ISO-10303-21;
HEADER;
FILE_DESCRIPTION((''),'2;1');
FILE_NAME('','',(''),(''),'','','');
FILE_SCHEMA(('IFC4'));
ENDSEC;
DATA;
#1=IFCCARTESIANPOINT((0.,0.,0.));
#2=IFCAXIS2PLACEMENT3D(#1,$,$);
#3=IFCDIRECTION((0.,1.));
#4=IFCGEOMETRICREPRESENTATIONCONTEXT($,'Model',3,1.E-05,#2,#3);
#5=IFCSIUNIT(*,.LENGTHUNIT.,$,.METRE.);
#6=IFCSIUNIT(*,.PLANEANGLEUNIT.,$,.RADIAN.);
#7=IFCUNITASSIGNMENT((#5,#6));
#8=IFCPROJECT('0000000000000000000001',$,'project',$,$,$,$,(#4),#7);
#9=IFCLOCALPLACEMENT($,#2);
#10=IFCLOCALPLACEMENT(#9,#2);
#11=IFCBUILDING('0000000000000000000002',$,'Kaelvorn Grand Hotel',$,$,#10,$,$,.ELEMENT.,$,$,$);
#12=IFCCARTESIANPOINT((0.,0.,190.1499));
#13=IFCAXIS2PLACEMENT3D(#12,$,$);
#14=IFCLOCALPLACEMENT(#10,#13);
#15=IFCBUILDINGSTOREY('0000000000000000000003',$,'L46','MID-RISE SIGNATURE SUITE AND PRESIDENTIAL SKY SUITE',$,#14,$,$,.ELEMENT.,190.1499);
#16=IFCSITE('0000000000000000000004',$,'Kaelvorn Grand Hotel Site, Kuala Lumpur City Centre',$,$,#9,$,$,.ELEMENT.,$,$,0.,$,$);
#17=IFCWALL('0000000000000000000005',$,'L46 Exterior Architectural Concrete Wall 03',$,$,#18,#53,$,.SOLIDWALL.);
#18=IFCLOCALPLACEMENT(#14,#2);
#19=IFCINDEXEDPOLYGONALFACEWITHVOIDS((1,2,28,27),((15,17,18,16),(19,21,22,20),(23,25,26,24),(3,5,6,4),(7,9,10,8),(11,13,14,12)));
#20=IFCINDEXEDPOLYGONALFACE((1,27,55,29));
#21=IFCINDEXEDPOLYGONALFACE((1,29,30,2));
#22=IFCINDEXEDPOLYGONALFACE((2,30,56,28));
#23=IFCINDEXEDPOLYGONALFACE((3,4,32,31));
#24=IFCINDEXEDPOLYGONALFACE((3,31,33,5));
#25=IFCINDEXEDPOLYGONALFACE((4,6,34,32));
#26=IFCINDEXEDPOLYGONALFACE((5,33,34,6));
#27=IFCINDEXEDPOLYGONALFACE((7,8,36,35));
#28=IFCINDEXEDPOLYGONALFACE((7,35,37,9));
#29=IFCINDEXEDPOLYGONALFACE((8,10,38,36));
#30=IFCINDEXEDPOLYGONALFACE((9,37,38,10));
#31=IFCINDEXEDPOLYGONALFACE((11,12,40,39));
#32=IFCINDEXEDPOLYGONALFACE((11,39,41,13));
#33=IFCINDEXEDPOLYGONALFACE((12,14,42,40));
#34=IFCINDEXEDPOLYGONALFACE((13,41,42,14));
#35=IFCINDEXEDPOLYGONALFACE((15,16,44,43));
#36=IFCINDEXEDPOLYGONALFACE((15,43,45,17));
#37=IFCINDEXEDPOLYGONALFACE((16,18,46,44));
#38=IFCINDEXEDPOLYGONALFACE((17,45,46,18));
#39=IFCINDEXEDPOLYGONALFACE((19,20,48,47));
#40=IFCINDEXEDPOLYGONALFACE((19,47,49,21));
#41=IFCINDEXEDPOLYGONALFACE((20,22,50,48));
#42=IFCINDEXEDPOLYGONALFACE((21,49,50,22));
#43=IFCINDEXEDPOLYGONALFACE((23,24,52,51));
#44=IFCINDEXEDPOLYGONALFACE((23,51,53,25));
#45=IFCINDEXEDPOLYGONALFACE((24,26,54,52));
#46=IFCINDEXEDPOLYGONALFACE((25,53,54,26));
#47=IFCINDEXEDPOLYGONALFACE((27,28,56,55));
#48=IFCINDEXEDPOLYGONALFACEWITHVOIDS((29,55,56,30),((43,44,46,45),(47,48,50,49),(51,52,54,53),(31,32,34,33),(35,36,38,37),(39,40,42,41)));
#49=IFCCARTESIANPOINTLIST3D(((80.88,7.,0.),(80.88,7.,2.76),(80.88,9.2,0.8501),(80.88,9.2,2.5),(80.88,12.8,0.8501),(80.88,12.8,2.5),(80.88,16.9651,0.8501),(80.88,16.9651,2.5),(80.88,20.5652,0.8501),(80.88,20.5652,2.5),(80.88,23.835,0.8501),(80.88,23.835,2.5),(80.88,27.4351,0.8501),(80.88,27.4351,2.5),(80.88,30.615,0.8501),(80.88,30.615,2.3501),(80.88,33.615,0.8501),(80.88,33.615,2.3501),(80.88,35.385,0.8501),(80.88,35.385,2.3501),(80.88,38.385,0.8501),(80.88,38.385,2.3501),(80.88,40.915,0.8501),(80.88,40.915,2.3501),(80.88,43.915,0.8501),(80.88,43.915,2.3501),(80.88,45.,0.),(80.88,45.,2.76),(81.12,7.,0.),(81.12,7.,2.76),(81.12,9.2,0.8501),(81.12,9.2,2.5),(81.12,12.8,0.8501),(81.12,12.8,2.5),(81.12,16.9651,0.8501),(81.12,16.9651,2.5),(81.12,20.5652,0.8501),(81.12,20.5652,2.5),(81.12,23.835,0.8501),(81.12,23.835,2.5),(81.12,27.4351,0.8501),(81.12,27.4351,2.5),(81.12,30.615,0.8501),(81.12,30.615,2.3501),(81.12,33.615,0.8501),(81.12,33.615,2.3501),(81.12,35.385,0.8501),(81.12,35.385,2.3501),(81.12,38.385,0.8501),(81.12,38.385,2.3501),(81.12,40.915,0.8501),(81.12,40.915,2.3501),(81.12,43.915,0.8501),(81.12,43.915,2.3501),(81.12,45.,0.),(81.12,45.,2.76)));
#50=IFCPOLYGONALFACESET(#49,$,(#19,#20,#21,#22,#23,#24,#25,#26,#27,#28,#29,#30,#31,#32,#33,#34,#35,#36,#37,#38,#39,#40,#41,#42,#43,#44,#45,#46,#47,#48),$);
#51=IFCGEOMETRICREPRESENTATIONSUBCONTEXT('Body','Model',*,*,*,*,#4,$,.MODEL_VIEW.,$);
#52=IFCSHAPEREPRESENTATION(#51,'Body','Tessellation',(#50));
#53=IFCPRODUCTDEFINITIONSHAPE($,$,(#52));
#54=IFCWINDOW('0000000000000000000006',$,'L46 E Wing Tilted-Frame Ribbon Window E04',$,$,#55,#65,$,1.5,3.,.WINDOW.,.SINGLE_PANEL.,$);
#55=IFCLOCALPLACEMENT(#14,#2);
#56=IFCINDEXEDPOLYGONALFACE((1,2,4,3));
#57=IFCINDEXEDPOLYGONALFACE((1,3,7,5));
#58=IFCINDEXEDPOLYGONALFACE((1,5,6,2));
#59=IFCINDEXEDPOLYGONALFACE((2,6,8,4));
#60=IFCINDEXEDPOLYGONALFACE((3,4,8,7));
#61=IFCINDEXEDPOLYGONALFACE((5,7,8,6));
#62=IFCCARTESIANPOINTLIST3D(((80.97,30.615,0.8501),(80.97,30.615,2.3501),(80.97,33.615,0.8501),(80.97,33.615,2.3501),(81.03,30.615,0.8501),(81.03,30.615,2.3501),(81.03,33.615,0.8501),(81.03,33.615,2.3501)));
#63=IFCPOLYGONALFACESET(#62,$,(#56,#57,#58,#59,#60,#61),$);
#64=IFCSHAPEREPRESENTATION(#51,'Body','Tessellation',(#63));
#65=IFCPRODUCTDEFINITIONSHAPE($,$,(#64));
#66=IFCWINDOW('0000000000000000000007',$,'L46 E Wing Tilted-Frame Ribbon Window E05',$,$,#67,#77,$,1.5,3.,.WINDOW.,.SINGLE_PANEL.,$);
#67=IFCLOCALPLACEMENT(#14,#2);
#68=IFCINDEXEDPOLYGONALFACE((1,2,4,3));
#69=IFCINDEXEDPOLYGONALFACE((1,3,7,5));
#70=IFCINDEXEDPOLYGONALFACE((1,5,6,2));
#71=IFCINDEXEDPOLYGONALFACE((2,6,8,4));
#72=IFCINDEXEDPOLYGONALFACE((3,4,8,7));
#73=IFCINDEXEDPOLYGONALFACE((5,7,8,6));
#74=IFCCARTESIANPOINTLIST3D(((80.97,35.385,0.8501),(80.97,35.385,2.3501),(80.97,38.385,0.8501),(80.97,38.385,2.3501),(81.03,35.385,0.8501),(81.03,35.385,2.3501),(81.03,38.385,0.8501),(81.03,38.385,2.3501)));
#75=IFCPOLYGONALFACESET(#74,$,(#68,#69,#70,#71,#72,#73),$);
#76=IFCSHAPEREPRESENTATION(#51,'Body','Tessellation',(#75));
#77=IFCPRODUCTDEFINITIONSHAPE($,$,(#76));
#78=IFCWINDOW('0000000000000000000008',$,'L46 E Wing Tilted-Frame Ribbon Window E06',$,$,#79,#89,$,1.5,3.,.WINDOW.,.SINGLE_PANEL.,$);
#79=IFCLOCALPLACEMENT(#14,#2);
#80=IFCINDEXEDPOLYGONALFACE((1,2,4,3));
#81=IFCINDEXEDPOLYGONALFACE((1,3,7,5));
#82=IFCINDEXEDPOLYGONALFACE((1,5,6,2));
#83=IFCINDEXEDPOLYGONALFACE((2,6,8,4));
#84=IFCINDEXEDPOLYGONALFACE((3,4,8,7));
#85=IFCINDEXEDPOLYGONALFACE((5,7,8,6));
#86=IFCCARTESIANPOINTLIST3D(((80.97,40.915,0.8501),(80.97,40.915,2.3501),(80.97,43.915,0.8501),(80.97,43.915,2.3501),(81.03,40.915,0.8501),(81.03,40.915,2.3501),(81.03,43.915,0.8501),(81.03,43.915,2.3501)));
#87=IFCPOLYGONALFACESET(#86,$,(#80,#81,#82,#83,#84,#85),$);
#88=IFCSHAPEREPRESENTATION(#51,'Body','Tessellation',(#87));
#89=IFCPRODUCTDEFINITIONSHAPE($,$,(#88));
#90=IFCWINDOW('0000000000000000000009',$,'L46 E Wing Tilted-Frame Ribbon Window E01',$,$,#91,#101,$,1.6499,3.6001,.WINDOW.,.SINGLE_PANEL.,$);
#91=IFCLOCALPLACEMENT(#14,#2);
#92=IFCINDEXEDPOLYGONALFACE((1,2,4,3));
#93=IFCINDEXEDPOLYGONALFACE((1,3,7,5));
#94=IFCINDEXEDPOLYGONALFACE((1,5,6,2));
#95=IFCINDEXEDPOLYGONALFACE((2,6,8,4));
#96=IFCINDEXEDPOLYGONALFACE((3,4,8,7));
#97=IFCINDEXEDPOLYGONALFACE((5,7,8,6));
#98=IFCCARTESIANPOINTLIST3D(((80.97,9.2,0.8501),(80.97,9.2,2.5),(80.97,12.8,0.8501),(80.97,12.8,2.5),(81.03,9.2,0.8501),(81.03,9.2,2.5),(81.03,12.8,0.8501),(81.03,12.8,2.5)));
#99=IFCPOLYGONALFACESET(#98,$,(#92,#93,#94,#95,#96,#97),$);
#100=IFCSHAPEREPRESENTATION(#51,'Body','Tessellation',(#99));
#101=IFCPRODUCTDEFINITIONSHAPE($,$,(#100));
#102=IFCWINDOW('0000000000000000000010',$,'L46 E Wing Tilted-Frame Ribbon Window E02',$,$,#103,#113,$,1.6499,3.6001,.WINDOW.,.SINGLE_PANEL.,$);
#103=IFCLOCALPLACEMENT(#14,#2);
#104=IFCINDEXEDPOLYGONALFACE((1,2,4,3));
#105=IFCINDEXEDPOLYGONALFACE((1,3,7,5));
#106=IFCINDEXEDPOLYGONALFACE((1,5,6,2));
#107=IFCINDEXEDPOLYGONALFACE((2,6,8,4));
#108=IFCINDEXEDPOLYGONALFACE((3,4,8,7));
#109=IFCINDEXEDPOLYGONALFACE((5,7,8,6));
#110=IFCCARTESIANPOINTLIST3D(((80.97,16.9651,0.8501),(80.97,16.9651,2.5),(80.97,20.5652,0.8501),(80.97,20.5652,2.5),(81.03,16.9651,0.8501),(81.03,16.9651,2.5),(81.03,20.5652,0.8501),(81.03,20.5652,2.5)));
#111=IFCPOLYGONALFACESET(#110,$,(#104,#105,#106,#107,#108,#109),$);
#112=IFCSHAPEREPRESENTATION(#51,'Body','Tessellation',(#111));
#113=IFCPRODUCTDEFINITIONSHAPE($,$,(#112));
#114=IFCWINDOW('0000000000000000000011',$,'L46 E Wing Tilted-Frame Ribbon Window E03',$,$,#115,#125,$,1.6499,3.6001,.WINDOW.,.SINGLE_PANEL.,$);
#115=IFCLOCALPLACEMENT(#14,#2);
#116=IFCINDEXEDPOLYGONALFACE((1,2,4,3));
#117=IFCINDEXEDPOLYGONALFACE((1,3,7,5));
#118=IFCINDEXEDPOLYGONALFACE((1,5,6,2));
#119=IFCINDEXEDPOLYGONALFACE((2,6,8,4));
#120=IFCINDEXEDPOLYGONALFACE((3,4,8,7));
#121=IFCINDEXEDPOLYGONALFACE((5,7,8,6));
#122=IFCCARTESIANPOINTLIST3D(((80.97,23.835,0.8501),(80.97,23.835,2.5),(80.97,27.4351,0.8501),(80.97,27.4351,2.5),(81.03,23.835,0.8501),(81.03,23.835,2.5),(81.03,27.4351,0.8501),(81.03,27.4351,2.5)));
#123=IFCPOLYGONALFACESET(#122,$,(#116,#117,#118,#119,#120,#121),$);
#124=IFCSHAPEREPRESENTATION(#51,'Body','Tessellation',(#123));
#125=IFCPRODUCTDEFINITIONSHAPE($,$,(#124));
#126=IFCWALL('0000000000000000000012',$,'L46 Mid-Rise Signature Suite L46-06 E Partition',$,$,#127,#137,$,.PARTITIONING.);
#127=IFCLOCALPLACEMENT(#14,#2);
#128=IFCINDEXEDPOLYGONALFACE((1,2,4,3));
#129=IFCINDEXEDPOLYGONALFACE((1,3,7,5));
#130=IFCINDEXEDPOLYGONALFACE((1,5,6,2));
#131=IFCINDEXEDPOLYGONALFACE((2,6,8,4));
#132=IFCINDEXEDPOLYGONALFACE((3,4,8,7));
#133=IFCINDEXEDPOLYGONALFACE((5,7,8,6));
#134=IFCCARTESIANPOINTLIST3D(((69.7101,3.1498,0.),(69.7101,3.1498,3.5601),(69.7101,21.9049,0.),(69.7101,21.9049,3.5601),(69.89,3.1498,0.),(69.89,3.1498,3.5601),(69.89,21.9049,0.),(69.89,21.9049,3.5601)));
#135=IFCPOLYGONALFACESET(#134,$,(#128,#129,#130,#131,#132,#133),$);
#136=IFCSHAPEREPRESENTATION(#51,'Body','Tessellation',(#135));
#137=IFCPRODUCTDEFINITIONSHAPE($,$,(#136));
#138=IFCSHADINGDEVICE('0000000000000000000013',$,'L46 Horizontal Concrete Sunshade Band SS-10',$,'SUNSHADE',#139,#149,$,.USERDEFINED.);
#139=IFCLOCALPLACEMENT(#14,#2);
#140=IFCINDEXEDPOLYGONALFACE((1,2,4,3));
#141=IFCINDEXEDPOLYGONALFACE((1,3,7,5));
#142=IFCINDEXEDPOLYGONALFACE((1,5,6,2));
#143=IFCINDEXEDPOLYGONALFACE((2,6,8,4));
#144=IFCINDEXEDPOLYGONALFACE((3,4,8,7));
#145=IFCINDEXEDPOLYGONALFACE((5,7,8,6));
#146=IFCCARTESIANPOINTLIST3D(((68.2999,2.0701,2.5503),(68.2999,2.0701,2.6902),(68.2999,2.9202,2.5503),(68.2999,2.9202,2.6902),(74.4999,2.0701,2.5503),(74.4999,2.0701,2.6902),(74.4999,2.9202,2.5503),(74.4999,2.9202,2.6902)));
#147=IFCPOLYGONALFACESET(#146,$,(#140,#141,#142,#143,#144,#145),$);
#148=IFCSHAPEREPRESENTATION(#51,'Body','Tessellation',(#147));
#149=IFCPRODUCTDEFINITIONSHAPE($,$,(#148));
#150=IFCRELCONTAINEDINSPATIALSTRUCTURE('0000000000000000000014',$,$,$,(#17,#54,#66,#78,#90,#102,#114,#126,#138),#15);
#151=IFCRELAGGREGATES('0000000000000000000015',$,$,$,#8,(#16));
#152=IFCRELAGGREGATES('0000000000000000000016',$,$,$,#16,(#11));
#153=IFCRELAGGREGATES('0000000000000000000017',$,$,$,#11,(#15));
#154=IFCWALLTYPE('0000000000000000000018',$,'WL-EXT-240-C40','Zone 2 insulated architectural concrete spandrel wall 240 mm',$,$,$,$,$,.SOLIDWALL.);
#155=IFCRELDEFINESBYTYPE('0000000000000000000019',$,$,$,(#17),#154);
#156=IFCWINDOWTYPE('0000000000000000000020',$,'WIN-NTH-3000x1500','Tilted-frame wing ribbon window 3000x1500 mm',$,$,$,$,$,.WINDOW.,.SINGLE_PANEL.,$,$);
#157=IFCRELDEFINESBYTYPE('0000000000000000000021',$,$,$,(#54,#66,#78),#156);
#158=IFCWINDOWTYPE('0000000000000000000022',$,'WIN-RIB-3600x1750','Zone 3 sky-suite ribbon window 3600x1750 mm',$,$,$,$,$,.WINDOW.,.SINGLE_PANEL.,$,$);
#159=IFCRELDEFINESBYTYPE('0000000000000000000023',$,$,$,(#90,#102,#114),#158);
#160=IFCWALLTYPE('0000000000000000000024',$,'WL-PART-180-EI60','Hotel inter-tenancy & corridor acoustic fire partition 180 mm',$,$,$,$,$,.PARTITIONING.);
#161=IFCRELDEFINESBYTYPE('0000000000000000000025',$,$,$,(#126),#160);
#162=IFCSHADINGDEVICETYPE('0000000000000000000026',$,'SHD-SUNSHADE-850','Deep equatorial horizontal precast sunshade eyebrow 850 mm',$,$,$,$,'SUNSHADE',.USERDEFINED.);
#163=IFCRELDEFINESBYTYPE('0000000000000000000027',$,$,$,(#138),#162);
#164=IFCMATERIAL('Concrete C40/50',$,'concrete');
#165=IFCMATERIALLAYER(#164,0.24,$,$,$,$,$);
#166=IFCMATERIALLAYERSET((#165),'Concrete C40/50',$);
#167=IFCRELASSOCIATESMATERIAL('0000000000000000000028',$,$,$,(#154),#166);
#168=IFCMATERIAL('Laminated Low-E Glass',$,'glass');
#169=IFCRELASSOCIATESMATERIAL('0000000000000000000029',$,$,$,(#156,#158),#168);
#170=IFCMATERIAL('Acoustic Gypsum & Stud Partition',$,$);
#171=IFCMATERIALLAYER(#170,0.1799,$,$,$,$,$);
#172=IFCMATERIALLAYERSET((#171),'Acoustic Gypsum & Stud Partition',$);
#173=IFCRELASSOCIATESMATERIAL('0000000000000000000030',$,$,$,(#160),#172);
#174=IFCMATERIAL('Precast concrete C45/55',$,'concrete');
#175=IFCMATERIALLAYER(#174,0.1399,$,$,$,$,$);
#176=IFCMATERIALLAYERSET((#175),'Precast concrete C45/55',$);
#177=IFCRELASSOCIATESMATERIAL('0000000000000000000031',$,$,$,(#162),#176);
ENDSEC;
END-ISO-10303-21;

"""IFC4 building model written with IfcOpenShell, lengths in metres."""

from ifc_helpers import new_model, si_unit, direction, frame, frame_2d, origin, origin_2d, place, context, subcontext, project, spatial, rectangle, extrude, material, layer, layer_set, type_object, element, fill, save


model = new_model("IFC4")

# Units and contexts
model_context = context("Model", 3, precision=1e-05, world=origin(), true_north=direction((0.0, 1.0)))
body_context = subcontext(model_context, "Body", "Model", "MODEL_VIEW")
ifc_project = project(units=[si_unit("LENGTHUNIT", "METRE"), si_unit("PLANEANGLEUNIT", "RADIAN")], contexts=[model_context])

# Site, building, storey
site_placement = place(None, origin())
site = spatial("IfcSite", under=ifc_project, at=site_placement, Name="Kaelvorn Grand Hotel Site, Kuala Lumpur City Centre", CompositionType="ELEMENT", RefElevation=0.0)
building_placement = place(site_placement, origin())
building = spatial("IfcBuilding", under=site, at=building_placement, Name="Kaelvorn Grand Hotel", CompositionType="ELEMENT")
storey_placement = place(building_placement, frame((0.0, 0.0, 190.1499)))
storey = spatial("IfcBuildingStorey", under=building, at=storey_placement, Name="L46", Description="MID-RISE SIGNATURE SUITE AND PRESIDENTIAL SKY SUITE", CompositionType="ELEMENT", Elevation=190.1499)

# Shared definitions
ifc_material_1 = material(Name="Precast concrete C45/55", Category="concrete")

# Shared definitions
ifc_material_2 = material(Name="Concrete C40/50", Category="concrete")
ifc_layer_1 = layer(ifc_material_2, 0.24)
ifc_layer_set_1 = layer_set([ifc_layer_1], Name="Concrete C40/50")
wall_type_1 = type_object("IfcWallType", Name="WL-EXT-240-C40", Description="Zone 2 insulated architectural concrete spandrel wall 240 mm", PredefinedType="SOLIDWALL", material=ifc_layer_set_1)
ifc_material_3 = material(Name="Laminated Low-E Glass", Category="glass")

# Wall, openings, windows
wall_1_placement = place(storey_placement, frame((81.0, 7.0, 0.0), z_axis=(0.0, 0.0, 1.0), x_axis=(0.0, 1.0, 0.0)))
wall_1 = element("IfcWall", 1, at=wall_1_placement, inside=storey, type_object=wall_type_1, Name="L46 Exterior Architectural Concrete Wall 03", PredefinedType="SOLIDWALL", context=body_context, shape_type="SweptSolid", body=[
    extrude(rectangle(XDim=38.0, YDim=0.24, at=frame_2d((19.0, 0.0))), origin(), (0.0, 0.0, 1.0), 2.76),
])
opening_1_placement = place(wall_1_placement, frame((2.2, 0.0, 0.8501)))
opening_1 = element("IfcOpeningElement", 2, at=opening_1_placement, cuts=wall_1, PredefinedType="OPENING", context=body_context, shape_type="SweptSolid", body=[
    extrude(rectangle(XDim=3.6001, YDim=1.6499, at=frame_2d((1.8, 0.825))), frame((0.0, 0.1299, 0.0), z_axis=(0.0, -1.0, 0.0), x_axis=(1.0, 0.0, 0.0)), (0.0, 0.0, 1.0), 0.26),
])
opening_2_placement = place(wall_1_placement, frame((9.9651, 0.0, 0.8501)))
opening_2 = element("IfcOpeningElement", 3, at=opening_2_placement, cuts=wall_1, PredefinedType="OPENING", context=body_context, shape_type="SweptSolid", body=[
    extrude(rectangle(XDim=3.6001, YDim=1.6499, at=frame_2d((1.8, 0.825))), frame((0.0, 0.1299, 0.0), z_axis=(0.0, -1.0, 0.0), x_axis=(1.0, 0.0, 0.0)), (0.0, 0.0, 1.0), 0.26),
])
opening_3_placement = place(wall_1_placement, frame((16.835, 0.0, 0.8501)))
opening_3 = element("IfcOpeningElement", 4, at=opening_3_placement, cuts=wall_1, PredefinedType="OPENING", context=body_context, shape_type="SweptSolid", body=[
    extrude(rectangle(XDim=3.6001, YDim=1.6499, at=frame_2d((1.8, 0.825))), frame((0.0, 0.1299, 0.0), z_axis=(0.0, -1.0, 0.0), x_axis=(1.0, 0.0, 0.0)), (0.0, 0.0, 1.0), 0.26),
])
opening_4_placement = place(wall_1_placement, frame((23.615, 0.0, 0.8501)))
opening_4 = element("IfcOpeningElement", 5, at=opening_4_placement, cuts=wall_1, PredefinedType="OPENING", context=body_context, shape_type="SweptSolid", body=[
    extrude(rectangle(XDim=3.0, YDim=1.5, at=frame_2d((1.5, 0.75))), frame((0.0, 0.1299, 0.0), z_axis=(0.0, -1.0, 0.0), x_axis=(1.0, 0.0, 0.0)), (0.0, 0.0, 1.0), 0.26),
])
opening_5_placement = place(wall_1_placement, frame((28.385, 0.0, 0.8501)))
opening_5 = element("IfcOpeningElement", 6, at=opening_5_placement, cuts=wall_1, PredefinedType="OPENING", context=body_context, shape_type="SweptSolid", body=[
    extrude(rectangle(XDim=3.0, YDim=1.5, at=frame_2d((1.5, 0.75))), frame((0.0, 0.1299, 0.0), z_axis=(0.0, -1.0, 0.0), x_axis=(1.0, 0.0, 0.0)), (0.0, 0.0, 1.0), 0.26),
])
opening_6_placement = place(wall_1_placement, frame((33.915, 0.0, 0.8501)))
opening_6 = element("IfcOpeningElement", 7, at=opening_6_placement, cuts=wall_1, PredefinedType="OPENING", context=body_context, shape_type="SweptSolid", body=[
    extrude(rectangle(XDim=3.0, YDim=1.5, at=frame_2d((1.5, 0.75))), frame((0.0, 0.1299, 0.0), z_axis=(0.0, -1.0, 0.0), x_axis=(1.0, 0.0, 0.0)), (0.0, 0.0, 1.0), 0.26),
])
window_type_1 = type_object("IfcWindowType", Name="WIN-NTH-3000x1500", Description="Tilted-frame wing ribbon window 3000x1500 mm", PartitioningType="SINGLE_PANEL", PredefinedType="WINDOW", material=ifc_material_3)
window_1_placement = place(opening_4_placement, origin())
window_1 = element("IfcWindow", 8, at=window_1_placement, inside=storey, type_object=window_type_1, Name="L46 E Wing Tilted-Frame Ribbon Window E04", OverallHeight=1.5, OverallWidth=3.0, PartitioningType="SINGLE_PANEL", PredefinedType="WINDOW", context=body_context, shape_type="SweptSolid", body=[
    extrude(rectangle(XDim=3.0, YDim=1.5, at=frame_2d((1.5, 0.75))), frame((0.0, 0.03, 0.0), z_axis=(0.0, -1.0, 0.0), x_axis=(1.0, 0.0, 0.0)), (0.0, 0.0, 1.0), 0.0601),
])
fill(opening_4, window_1)
window_2_placement = place(opening_5_placement, origin())
window_2 = element("IfcWindow", 9, at=window_2_placement, inside=storey, type_object=window_type_1, Name="L46 E Wing Tilted-Frame Ribbon Window E05", OverallHeight=1.5, OverallWidth=3.0, PartitioningType="SINGLE_PANEL", PredefinedType="WINDOW", context=body_context, shape_type="SweptSolid", body=[
    extrude(rectangle(XDim=3.0, YDim=1.5, at=frame_2d((1.5, 0.75))), frame((0.0, 0.03, 0.0), z_axis=(0.0, -1.0, 0.0), x_axis=(1.0, 0.0, 0.0)), (0.0, 0.0, 1.0), 0.0601),
])
fill(opening_5, window_2)
window_3_placement = place(opening_6_placement, origin())
window_3 = element("IfcWindow", 10, at=window_3_placement, inside=storey, type_object=window_type_1, Name="L46 E Wing Tilted-Frame Ribbon Window E06", OverallHeight=1.5, OverallWidth=3.0, PartitioningType="SINGLE_PANEL", PredefinedType="WINDOW", context=body_context, shape_type="SweptSolid", body=[
    extrude(rectangle(XDim=3.0, YDim=1.5, at=frame_2d((1.5, 0.75))), frame((0.0, 0.03, 0.0), z_axis=(0.0, -1.0, 0.0), x_axis=(1.0, 0.0, 0.0)), (0.0, 0.0, 1.0), 0.0601),
])
fill(opening_6, window_3)
window_type_2 = type_object("IfcWindowType", Name="WIN-RIB-3600x1750", Description="Zone 3 sky-suite ribbon window 3600x1750 mm", PartitioningType="SINGLE_PANEL", PredefinedType="WINDOW", material=ifc_material_3)
window_4_placement = place(opening_1_placement, origin())
window_4 = element("IfcWindow", 11, at=window_4_placement, inside=storey, type_object=window_type_2, Name="L46 E Wing Tilted-Frame Ribbon Window E01", OverallHeight=1.6499, OverallWidth=3.6001, PartitioningType="SINGLE_PANEL", PredefinedType="WINDOW", context=body_context, shape_type="SweptSolid", body=[
    extrude(rectangle(XDim=3.6001, YDim=1.6499, at=frame_2d((1.8, 0.825))), frame((0.0, 0.03, 0.0), z_axis=(0.0, -1.0, 0.0), x_axis=(1.0, 0.0, 0.0)), (0.0, 0.0, 1.0), 0.0601),
])
fill(opening_1, window_4)
window_5_placement = place(opening_2_placement, origin())
window_5 = element("IfcWindow", 12, at=window_5_placement, inside=storey, type_object=window_type_2, Name="L46 E Wing Tilted-Frame Ribbon Window E02", OverallHeight=1.6499, OverallWidth=3.6001, PartitioningType="SINGLE_PANEL", PredefinedType="WINDOW", context=body_context, shape_type="SweptSolid", body=[
    extrude(rectangle(XDim=3.6001, YDim=1.6499, at=frame_2d((1.8, 0.825))), frame((0.0, 0.03, 0.0), z_axis=(0.0, -1.0, 0.0), x_axis=(1.0, 0.0, 0.0)), (0.0, 0.0, 1.0), 0.0601),
])
fill(opening_2, window_5)
window_6_placement = place(opening_3_placement, origin())
window_6 = element("IfcWindow", 13, at=window_6_placement, inside=storey, type_object=window_type_2, Name="L46 E Wing Tilted-Frame Ribbon Window E03", OverallHeight=1.6499, OverallWidth=3.6001, PartitioningType="SINGLE_PANEL", PredefinedType="WINDOW", context=body_context, shape_type="SweptSolid", body=[
    extrude(rectangle(XDim=3.6001, YDim=1.6499, at=frame_2d((1.8, 0.825))), frame((0.0, 0.03, 0.0), z_axis=(0.0, -1.0, 0.0), x_axis=(1.0, 0.0, 0.0)), (0.0, 0.0, 1.0), 0.0601),
])
fill(opening_3, window_6)

# Wall
ifc_material_4 = material(Name="Acoustic Gypsum & Stud Partition")
ifc_layer_2 = layer(ifc_material_4, 0.1799)
ifc_layer_set_2 = layer_set([ifc_layer_2], Name="Acoustic Gypsum & Stud Partition")
wall_type_2 = type_object("IfcWallType", Name="WL-PART-180-EI60", Description="Hotel inter-tenancy & corridor acoustic fire partition 180 mm", PredefinedType="PARTITIONING", material=ifc_layer_set_2)
wall_2_placement = place(storey_placement, frame((69.8, 3.1499, 0.0), z_axis=(0.0, 0.0, 1.0), x_axis=(0.0, 1.0, 0.0)))
element("IfcWall", 14, at=wall_2_placement, inside=storey, type_object=wall_type_2, Name="L46 Mid-Rise Signature Suite L46-06 E Partition", PredefinedType="PARTITIONING", context=body_context, shape_type="SweptSolid", body=[
    extrude(rectangle(XDim=18.7551, YDim=0.1799, at=frame_2d((9.3774, 0.0))), origin(), (0.0, 0.0, 1.0), 3.5601),
])

# Shading device
ifc_layer_3 = layer(ifc_material_1, 0.1399)
ifc_layer_set_3 = layer_set([ifc_layer_3], Name="Precast concrete C45/55")
shading_device_type = type_object("IfcShadingDeviceType", Name="SHD-SUNSHADE-850", Description="Deep equatorial horizontal precast sunshade eyebrow 850 mm", ElementType="SUNSHADE", PredefinedType="USERDEFINED", material=ifc_layer_set_3)
shading_device_placement = place(storey_placement, frame((71.3999, 2.4951, 2.5503), z_axis=(0.0, 0.0, 1.0), x_axis=(1.0, 0.0, 0.0)))
element("IfcShadingDevice", 15, at=shading_device_placement, inside=storey, type_object=shading_device_type, Name="L46 Horizontal Concrete Sunshade Band SS-10", ObjectType="SUNSHADE", PredefinedType="USERDEFINED", context=body_context, shape_type="SweptSolid", body=[
    extrude(rectangle(XDim=6.2, YDim=0.8501, at=origin_2d()), origin(), (0.0, 0.0, 1.0), 0.1399),
])

save(model, "model.ifc")
